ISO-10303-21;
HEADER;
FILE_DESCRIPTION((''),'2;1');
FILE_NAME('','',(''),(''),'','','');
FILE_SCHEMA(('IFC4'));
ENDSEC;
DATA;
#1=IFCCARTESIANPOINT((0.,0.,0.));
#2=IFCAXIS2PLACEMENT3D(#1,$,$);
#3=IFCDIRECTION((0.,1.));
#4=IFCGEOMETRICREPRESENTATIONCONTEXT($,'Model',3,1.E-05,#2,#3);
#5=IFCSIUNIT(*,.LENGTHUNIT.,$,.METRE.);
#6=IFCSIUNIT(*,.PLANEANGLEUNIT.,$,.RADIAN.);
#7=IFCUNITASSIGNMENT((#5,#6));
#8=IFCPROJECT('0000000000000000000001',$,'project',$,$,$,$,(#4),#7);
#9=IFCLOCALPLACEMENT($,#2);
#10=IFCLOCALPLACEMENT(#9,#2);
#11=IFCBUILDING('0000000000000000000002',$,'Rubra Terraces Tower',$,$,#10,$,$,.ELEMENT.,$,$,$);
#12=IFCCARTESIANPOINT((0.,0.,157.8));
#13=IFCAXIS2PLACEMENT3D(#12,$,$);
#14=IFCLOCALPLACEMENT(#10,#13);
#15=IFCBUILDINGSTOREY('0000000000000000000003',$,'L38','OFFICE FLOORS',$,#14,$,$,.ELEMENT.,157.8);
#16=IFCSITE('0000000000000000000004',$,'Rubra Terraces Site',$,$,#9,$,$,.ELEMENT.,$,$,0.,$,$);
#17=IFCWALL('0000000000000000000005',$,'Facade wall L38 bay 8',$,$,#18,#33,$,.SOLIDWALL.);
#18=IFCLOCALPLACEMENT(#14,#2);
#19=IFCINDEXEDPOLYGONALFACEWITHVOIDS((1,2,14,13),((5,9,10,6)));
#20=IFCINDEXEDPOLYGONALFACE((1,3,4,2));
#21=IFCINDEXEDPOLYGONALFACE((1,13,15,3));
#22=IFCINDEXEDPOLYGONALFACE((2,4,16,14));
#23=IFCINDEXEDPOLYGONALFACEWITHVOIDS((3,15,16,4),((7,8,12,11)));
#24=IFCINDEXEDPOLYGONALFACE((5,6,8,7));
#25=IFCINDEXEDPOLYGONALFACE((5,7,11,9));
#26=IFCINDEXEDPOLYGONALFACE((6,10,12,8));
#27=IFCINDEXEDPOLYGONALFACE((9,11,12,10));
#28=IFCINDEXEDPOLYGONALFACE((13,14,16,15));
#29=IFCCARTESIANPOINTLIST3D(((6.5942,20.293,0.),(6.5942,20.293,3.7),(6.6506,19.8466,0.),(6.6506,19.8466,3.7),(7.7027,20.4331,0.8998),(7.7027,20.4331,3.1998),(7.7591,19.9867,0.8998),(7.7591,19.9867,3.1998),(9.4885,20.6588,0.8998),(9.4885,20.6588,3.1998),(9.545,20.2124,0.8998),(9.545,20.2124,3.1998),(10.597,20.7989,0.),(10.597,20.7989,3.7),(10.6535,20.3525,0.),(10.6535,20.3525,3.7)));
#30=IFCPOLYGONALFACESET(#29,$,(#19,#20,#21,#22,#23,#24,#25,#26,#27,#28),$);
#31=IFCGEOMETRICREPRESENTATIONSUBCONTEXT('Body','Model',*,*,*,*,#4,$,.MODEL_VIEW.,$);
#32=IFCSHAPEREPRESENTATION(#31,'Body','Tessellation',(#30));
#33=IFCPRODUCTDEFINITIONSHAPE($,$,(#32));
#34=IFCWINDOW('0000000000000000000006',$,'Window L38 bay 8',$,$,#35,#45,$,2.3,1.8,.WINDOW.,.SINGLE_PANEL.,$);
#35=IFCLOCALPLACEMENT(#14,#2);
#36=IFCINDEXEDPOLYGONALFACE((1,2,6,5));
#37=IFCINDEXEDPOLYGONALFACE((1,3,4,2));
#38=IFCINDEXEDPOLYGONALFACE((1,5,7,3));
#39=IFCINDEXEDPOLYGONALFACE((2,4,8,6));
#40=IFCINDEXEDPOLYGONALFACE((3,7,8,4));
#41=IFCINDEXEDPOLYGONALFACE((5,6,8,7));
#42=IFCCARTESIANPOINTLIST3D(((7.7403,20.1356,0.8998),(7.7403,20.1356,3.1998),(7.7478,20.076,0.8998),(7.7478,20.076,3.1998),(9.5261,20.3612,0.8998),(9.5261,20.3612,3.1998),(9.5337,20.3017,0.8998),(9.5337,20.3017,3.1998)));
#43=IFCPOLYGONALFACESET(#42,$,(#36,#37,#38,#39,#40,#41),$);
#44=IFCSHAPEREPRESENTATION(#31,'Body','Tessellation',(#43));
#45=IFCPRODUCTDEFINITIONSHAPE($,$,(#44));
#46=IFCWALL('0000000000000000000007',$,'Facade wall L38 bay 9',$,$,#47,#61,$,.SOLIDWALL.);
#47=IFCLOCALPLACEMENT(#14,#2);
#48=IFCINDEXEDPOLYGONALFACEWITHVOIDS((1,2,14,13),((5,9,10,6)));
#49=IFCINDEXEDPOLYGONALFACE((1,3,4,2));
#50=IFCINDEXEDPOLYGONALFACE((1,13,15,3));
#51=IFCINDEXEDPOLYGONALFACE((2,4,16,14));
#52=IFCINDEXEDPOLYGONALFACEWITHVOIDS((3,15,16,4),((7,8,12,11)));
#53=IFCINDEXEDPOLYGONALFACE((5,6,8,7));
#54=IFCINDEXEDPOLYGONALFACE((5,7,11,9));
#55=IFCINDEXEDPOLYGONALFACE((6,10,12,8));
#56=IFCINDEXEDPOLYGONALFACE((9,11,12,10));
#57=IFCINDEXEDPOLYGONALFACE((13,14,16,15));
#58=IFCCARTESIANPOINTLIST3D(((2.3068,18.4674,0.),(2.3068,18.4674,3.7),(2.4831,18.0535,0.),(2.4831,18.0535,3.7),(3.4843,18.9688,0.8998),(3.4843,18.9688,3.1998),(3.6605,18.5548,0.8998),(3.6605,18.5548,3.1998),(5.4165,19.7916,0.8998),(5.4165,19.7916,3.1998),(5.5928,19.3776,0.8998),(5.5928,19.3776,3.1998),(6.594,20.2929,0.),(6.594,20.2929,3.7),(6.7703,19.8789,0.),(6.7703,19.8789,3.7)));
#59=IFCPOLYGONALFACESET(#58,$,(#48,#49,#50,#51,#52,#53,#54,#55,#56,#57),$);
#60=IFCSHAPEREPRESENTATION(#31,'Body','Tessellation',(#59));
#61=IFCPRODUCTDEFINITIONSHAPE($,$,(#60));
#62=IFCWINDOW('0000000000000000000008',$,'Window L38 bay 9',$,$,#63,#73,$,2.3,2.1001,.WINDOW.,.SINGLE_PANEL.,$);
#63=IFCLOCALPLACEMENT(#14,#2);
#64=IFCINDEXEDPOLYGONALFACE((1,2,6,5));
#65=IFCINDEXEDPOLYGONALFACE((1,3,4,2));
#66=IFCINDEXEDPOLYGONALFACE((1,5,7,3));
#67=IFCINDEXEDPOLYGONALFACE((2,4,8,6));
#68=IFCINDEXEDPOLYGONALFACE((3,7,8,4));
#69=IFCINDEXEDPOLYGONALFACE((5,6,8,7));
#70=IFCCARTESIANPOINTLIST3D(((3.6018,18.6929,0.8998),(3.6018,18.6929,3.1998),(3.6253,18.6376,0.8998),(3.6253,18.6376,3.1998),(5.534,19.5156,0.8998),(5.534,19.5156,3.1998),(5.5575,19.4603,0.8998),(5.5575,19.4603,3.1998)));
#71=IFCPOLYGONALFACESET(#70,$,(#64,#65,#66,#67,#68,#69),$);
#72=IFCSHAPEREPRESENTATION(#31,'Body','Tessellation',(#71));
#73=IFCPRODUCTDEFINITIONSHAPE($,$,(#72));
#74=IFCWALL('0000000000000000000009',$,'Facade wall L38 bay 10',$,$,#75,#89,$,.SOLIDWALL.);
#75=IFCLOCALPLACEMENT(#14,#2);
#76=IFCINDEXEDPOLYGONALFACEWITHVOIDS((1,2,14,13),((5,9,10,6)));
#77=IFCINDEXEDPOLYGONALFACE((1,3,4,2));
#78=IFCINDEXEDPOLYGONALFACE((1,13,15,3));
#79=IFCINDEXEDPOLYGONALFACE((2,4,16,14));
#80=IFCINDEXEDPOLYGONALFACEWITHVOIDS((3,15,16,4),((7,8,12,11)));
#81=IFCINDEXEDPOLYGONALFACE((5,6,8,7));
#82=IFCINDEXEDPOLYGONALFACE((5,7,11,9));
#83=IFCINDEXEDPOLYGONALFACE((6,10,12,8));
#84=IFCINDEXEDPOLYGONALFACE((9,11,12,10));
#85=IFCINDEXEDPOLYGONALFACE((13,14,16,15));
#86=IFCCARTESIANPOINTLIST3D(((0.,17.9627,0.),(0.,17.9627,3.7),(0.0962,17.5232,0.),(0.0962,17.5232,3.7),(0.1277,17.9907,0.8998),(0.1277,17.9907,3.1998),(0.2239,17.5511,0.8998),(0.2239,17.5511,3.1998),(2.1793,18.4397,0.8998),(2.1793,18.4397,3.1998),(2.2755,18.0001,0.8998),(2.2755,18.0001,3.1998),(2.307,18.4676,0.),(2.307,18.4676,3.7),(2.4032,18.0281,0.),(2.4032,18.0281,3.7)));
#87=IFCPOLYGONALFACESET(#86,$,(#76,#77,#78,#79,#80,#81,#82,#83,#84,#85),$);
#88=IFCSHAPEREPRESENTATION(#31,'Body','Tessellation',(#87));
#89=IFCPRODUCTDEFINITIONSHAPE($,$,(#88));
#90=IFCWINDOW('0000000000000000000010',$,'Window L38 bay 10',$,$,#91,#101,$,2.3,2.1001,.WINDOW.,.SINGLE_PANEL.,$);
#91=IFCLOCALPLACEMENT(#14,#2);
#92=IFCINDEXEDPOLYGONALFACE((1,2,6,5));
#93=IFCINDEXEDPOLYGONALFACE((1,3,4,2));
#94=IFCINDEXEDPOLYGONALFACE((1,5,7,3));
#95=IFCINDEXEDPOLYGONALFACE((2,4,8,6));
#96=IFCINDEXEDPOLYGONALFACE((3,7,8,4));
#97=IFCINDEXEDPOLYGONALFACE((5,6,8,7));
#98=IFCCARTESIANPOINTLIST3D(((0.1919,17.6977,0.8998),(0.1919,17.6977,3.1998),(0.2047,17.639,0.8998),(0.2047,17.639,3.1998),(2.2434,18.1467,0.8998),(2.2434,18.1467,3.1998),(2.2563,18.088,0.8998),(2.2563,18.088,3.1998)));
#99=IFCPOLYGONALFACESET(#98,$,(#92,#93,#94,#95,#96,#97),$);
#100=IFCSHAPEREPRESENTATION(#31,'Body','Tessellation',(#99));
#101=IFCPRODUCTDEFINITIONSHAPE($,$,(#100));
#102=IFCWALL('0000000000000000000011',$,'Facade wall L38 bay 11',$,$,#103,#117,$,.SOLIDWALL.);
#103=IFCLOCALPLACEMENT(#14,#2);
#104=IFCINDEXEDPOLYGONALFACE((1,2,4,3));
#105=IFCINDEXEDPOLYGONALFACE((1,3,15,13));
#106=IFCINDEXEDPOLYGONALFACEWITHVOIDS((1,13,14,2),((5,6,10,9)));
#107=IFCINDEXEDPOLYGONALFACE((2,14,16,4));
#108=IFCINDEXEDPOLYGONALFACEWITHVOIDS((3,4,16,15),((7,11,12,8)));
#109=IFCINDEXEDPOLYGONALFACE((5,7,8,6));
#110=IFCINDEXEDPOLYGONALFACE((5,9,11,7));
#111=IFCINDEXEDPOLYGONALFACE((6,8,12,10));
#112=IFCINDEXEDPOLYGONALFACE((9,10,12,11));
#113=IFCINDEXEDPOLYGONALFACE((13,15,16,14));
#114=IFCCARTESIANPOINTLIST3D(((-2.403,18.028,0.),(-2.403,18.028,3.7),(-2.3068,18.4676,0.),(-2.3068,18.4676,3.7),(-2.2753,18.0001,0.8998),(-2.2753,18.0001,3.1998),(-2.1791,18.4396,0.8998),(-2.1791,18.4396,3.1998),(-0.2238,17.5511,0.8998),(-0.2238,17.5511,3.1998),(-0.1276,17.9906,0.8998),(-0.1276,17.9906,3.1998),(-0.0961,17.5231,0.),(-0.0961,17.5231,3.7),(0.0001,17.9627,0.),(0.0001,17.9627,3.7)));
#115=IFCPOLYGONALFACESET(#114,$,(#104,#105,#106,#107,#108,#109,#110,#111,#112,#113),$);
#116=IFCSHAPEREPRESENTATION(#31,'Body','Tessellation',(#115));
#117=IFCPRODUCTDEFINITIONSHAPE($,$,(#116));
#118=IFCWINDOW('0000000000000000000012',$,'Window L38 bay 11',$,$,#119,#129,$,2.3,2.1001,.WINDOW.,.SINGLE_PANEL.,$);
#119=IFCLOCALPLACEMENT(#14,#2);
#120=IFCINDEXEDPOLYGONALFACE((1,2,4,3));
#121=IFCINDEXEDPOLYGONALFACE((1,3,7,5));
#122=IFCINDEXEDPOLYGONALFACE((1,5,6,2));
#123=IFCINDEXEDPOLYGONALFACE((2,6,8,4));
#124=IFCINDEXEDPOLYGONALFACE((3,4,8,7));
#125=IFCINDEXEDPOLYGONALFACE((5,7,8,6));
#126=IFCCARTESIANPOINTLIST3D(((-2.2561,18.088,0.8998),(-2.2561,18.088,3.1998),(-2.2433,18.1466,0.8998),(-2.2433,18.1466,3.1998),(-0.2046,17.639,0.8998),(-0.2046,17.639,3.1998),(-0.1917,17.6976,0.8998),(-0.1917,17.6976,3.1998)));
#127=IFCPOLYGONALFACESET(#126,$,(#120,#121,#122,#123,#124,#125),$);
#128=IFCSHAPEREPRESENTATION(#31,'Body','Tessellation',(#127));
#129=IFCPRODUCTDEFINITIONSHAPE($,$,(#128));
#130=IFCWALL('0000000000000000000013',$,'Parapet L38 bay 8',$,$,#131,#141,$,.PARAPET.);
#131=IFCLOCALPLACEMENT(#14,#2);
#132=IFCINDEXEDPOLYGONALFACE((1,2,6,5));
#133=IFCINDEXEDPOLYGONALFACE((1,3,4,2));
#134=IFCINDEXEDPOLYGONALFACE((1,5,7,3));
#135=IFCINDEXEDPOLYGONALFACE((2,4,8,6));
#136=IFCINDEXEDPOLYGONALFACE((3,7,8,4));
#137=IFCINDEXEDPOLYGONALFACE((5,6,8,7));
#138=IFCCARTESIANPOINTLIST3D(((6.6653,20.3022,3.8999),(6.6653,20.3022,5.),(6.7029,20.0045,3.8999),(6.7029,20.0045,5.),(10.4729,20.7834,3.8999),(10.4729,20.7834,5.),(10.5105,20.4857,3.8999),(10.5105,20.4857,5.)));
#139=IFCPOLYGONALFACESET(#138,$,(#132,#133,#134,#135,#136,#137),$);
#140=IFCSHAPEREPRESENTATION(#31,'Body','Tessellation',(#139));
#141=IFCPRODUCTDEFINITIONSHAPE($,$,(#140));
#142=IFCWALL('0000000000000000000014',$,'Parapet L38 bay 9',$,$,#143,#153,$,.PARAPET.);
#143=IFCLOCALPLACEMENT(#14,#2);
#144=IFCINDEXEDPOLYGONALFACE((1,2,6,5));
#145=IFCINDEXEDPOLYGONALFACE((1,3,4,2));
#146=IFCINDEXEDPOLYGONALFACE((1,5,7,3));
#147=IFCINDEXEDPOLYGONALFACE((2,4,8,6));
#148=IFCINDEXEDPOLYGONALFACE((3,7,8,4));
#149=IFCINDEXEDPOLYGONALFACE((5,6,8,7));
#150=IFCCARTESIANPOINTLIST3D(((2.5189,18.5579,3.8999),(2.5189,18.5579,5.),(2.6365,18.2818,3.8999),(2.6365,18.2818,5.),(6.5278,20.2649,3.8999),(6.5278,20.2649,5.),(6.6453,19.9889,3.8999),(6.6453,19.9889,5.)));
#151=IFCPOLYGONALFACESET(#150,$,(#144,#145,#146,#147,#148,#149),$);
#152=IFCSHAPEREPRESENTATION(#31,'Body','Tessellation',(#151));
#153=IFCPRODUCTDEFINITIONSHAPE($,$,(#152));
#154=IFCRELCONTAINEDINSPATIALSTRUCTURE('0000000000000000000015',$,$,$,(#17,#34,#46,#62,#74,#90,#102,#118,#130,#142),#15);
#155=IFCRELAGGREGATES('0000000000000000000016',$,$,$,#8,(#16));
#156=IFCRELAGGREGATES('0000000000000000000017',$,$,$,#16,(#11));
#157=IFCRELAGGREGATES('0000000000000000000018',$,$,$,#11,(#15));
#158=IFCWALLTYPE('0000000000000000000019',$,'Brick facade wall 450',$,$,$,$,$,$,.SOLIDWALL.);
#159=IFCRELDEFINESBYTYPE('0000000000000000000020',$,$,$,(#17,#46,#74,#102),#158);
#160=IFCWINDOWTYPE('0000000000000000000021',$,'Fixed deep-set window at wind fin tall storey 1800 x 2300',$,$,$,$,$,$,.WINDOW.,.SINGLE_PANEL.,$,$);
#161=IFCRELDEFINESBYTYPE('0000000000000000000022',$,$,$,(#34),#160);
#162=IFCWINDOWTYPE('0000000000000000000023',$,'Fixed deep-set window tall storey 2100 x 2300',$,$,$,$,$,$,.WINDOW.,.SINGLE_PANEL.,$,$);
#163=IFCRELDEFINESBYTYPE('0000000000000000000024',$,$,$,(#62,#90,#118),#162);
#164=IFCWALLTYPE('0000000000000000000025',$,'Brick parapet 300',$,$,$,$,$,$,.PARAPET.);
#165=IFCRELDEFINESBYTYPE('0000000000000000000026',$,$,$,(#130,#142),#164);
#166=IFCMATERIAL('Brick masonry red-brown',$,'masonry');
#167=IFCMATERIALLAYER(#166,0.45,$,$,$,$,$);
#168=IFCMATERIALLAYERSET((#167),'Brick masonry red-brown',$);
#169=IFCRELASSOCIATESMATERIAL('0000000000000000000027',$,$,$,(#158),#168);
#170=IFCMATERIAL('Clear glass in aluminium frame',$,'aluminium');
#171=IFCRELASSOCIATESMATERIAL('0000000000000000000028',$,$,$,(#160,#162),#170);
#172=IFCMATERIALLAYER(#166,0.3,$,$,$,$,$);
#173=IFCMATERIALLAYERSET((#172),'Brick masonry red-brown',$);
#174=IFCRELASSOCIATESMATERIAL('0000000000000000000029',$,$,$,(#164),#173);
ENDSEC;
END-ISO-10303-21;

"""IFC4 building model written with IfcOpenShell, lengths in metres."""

from ifc_helpers import new_model, si_unit, direction, frame, frame_2d, origin, place, context, subcontext, project, spatial, rectangle, extrude, material, layer, layer_set, type_object, element, fill, save


model = new_model("IFC4")

# Units and contexts
model_context = context("Model", 3, precision=1e-05, world=origin(), true_north=direction((0.0, 1.0)))
body_context = subcontext(model_context, "Body", "Model", "MODEL_VIEW")
ifc_project = project(units=[si_unit("LENGTHUNIT", "METRE"), si_unit("PLANEANGLEUNIT", "RADIAN")], contexts=[model_context])

# Site, building, storey
site_placement = place(None, origin())
site = spatial("IfcSite", under=ifc_project, at=site_placement, Name="Rubra Terraces Site", CompositionType="ELEMENT", RefElevation=0.0)
building_placement = place(site_placement, origin())
building = spatial("IfcBuilding", under=site, at=building_placement, Name="Rubra Terraces Tower", CompositionType="ELEMENT")
storey_placement = place(building_placement, frame((0.0, 0.0, 157.8)))
storey = spatial("IfcBuildingStorey", under=building, at=storey_placement, Name="L38", Description="OFFICE FLOORS", CompositionType="ELEMENT", Elevation=157.8)

# Walls, openings, windows
ifc_material_1 = material(Name="Brick masonry red-brown", Category="masonry")
ifc_layer_1 = layer(ifc_material_1, 0.45)
ifc_layer_set_1 = layer_set([ifc_layer_1], Name="Brick masonry red-brown")
wall_type_1 = type_object("IfcWallType", Name="Brick facade wall 450", PredefinedType="SOLIDWALL", material=ifc_layer_set_1)
wall_1_placement = place(storey_placement, frame((10.6252, 20.5757, 0.0), z_axis=(0.0, 0.0, 1.0), x_axis=(-0.992109, -0.125375, 0.0)))
wall_1 = element("IfcWall", 1, at=wall_1_placement, inside=storey, type_object=wall_type_1, Name="Facade wall L38 bay 8", PredefinedType="SOLIDWALL", context=body_context, shape_type="SweptSolid", body=[
    extrude(rectangle(XDim=4.0347, YDim=0.45, at=frame_2d((2.0173, 0.0))), origin(), (0.0, 0.0, 1.0), 3.7),
])
opening_1_placement = place(wall_1_placement, frame((1.1174, 0.0, 0.8999)))
opening_1 = element("IfcOpeningElement", 2, at=opening_1_placement, cuts=wall_1, PredefinedType="OPENING", context=body_context, shape_type="SweptSolid", body=[
    extrude(rectangle(XDim=1.8, YDim=2.3, at=frame_2d((0.8999, 1.1499))), frame((0.0, 0.2349, 0.0), z_axis=(0.0, -1.0, 0.0), x_axis=(1.0, 0.0, 0.0)), (0.0, 0.0, 1.0), 0.47),
])
ifc_material_2 = material(Name="Clear glass in aluminium frame", Category="aluminium")
window_type_1 = type_object("IfcWindowType", Name="Fixed deep-set window at wind fin tall storey 1800 x 2300", PartitioningType="SINGLE_PANEL", PredefinedType="WINDOW", material=ifc_material_2)
window_1_placement = place(opening_1_placement, origin())
window_1 = element("IfcWindow", 3, at=window_1_placement, inside=storey, type_object=window_type_1, Name="Window L38 bay 8", OverallHeight=2.3, OverallWidth=1.8, PartitioningType="SINGLE_PANEL", PredefinedType="WINDOW", context=body_context, shape_type="SweptSolid", body=[
    extrude(rectangle(XDim=1.8, YDim=2.3, at=frame_2d((0.8999, 1.1499))), frame((0.0, 0.135, 0.0), z_axis=(0.0, -1.0, 0.0), x_axis=(1.0, 0.0, 0.0)), (0.0, 0.0, 1.0), 0.0601),
])
fill(opening_1, window_1)
wall_2_placement = place(storey_placement, frame((6.6821, 20.0859, 0.0), z_axis=(0.0, 0.0, 1.0), x_axis=(-0.920067, -0.391762, 0.0)))
wall_2 = element("IfcWall", 4, at=wall_2_placement, inside=storey, type_object=wall_type_1, Name="Facade wall L38 bay 9", PredefinedType="SOLIDWALL", context=body_context, shape_type="SweptSolid", body=[
    extrude(rectangle(XDim=4.6597, YDim=0.45, at=frame_2d((2.3298, 0.0))), origin(), (0.0, 0.0, 1.0), 3.7),
])
opening_2_placement = place(wall_2_placement, frame((1.2798, 0.0, 0.8999)))
opening_2 = element("IfcOpeningElement", 5, at=opening_2_placement, cuts=wall_2, PredefinedType="OPENING", context=body_context, shape_type="SweptSolid", body=[
    extrude(rectangle(XDim=2.1001, YDim=2.3, at=frame_2d((1.05, 1.1499))), frame((0.0, 0.2349, 0.0), z_axis=(0.0, -1.0, 0.0), x_axis=(1.0, 0.0, 0.0)), (0.0, 0.0, 1.0), 0.47),
])
window_type_2 = type_object("IfcWindowType", Name="Fixed deep-set window tall storey 2100 x 2300", PartitioningType="SINGLE_PANEL", PredefinedType="WINDOW", material=ifc_material_2)
window_2_placement = place(opening_2_placement, origin())
window_2 = element("IfcWindow", 6, at=window_2_placement, inside=storey, type_object=window_type_2, Name="Window L38 bay 9", OverallHeight=2.3, OverallWidth=2.1001, PartitioningType="SINGLE_PANEL", PredefinedType="WINDOW", context=body_context, shape_type="SweptSolid", body=[
    extrude(rectangle(XDim=2.1001, YDim=2.3, at=frame_2d((1.05, 1.1499))), frame((0.0, 0.135, 0.0), z_axis=(0.0, -1.0, 0.0), x_axis=(1.0, 0.0, 0.0)), (0.0, 0.0, 1.0), 0.0601),
])
fill(opening_2, window_2)
wall_3_placement = place(storey_placement, frame((2.355, 18.2478, 0.0), z_axis=(0.0, 0.0, 1.0), x_axis=(-0.976878, -0.213799, 0.0)))
wall_3 = element("IfcWall", 7, at=wall_3_placement, inside=storey, type_object=wall_type_1, Name="Facade wall L38 bay 10", PredefinedType="SOLIDWALL", context=body_context, shape_type="SweptSolid", body=[
    extrude(rectangle(XDim=2.3616, YDim=0.45, at=frame_2d((1.1807, 0.0))), origin(), (0.0, 0.0, 1.0), 3.7),
])
opening_3_placement = place(wall_3_placement, frame((0.1306, 0.0, 0.8999)))
opening_3 = element("IfcOpeningElement", 8, at=opening_3_placement, cuts=wall_3, PredefinedType="OPENING", context=body_context, shape_type="SweptSolid", body=[
    extrude(rectangle(XDim=2.1001, YDim=2.3, at=frame_2d((1.05, 1.1499))), frame((0.0, 0.2349, 0.0), z_axis=(0.0, -1.0, 0.0), x_axis=(1.0, 0.0, 0.0)), (0.0, 0.0, 1.0), 0.47),
])
window_3_placement = place(opening_3_placement, origin())
window_3 = element("IfcWindow", 9, at=window_3_placement, inside=storey, type_object=window_type_2, Name="Window L38 bay 10", OverallHeight=2.3, OverallWidth=2.1001, PartitioningType="SINGLE_PANEL", PredefinedType="WINDOW", context=body_context, shape_type="SweptSolid", body=[
    extrude(rectangle(XDim=2.1001, YDim=2.3, at=frame_2d((1.05, 1.1499))), frame((0.0, 0.135, 0.0), z_axis=(0.0, -1.0, 0.0), x_axis=(1.0, 0.0, 0.0)), (0.0, 0.0, 1.0), 0.0601),
])
fill(opening_3, window_3)
wall_4_placement = place(storey_placement, frame((-0.0481, 17.7429, 0.0), z_axis=(0.0, 0.0, 1.0), x_axis=(-0.976878, 0.213799, 0.0)))
wall_4 = element("IfcWall", 10, at=wall_4_placement, inside=storey, type_object=wall_type_1, Name="Facade wall L38 bay 11", PredefinedType="SOLIDWALL", context=body_context, shape_type="SweptSolid", body=[
    extrude(rectangle(XDim=2.3616, YDim=0.45, at=frame_2d((1.1807, 0.0))), origin(), (0.0, 0.0, 1.0), 3.7),
])
opening_4_placement = place(wall_4_placement, frame((0.1306, 0.0, 0.8999)))
opening_4 = element("IfcOpeningElement", 11, at=opening_4_placement, cuts=wall_4, PredefinedType="OPENING", context=body_context, shape_type="SweptSolid", body=[
    extrude(rectangle(XDim=2.1001, YDim=2.3, at=frame_2d((1.05, 1.1499))), frame((0.0, 0.2349, 0.0), z_axis=(0.0, -1.0, 0.0), x_axis=(1.0, 0.0, 0.0)), (0.0, 0.0, 1.0), 0.47),
])
window_4_placement = place(opening_4_placement, origin())
window_4 = element("IfcWindow", 12, at=window_4_placement, inside=storey, type_object=window_type_2, Name="Window L38 bay 11", OverallHeight=2.3, OverallWidth=2.1001, PartitioningType="SINGLE_PANEL", PredefinedType="WINDOW", context=body_context, shape_type="SweptSolid", body=[
    extrude(rectangle(XDim=2.1001, YDim=2.3, at=frame_2d((1.05, 1.1499))), frame((0.0, 0.135, 0.0), z_axis=(0.0, -1.0, 0.0), x_axis=(1.0, 0.0, 0.0)), (0.0, 0.0, 1.0), 0.0601),
])
fill(opening_4, window_4)

# Walls
ifc_layer_2 = layer(ifc_material_1, 0.3)
ifc_layer_set_2 = layer_set([ifc_layer_2], Name="Brick masonry red-brown")
wall_type_2 = type_object("IfcWallType", Name="Brick parapet 300", PredefinedType="PARAPET", material=ifc_layer_set_2)
wall_5_placement = place(storey_placement, frame((10.4917, 20.6345, 3.8999), z_axis=(0.0, 0.0, 1.0), x_axis=(-0.992109, -0.125381, 0.0)))
element("IfcWall", 13, at=wall_5_placement, inside=storey, type_object=wall_type_2, Name="Parapet L38 bay 8", PredefinedType="PARAPET", context=body_context, shape_type="SweptSolid", body=[
    extrude(rectangle(XDim=3.8379, YDim=0.3, at=frame_2d((1.9189, 0.0))), origin(), (0.0, 0.0, 1.0), 1.1001),
])
wall_6_placement = place(storey_placement, frame((6.5867, 20.127, 3.8999), z_axis=(0.0, 0.0, 1.0), x_axis=(-0.920058, -0.391781, 0.0)))
element("IfcWall", 14, at=wall_6_placement, inside=storey, type_object=wall_type_2, Name="Parapet L38 bay 9", PredefinedType="PARAPET", context=body_context, shape_type="SweptSolid", body=[
    extrude(rectangle(XDim=4.3572, YDim=0.3, at=frame_2d((2.1787, 0.0))), origin(), (0.0, 0.0, 1.0), 1.1001),
])

save(model, "model.ifc")
